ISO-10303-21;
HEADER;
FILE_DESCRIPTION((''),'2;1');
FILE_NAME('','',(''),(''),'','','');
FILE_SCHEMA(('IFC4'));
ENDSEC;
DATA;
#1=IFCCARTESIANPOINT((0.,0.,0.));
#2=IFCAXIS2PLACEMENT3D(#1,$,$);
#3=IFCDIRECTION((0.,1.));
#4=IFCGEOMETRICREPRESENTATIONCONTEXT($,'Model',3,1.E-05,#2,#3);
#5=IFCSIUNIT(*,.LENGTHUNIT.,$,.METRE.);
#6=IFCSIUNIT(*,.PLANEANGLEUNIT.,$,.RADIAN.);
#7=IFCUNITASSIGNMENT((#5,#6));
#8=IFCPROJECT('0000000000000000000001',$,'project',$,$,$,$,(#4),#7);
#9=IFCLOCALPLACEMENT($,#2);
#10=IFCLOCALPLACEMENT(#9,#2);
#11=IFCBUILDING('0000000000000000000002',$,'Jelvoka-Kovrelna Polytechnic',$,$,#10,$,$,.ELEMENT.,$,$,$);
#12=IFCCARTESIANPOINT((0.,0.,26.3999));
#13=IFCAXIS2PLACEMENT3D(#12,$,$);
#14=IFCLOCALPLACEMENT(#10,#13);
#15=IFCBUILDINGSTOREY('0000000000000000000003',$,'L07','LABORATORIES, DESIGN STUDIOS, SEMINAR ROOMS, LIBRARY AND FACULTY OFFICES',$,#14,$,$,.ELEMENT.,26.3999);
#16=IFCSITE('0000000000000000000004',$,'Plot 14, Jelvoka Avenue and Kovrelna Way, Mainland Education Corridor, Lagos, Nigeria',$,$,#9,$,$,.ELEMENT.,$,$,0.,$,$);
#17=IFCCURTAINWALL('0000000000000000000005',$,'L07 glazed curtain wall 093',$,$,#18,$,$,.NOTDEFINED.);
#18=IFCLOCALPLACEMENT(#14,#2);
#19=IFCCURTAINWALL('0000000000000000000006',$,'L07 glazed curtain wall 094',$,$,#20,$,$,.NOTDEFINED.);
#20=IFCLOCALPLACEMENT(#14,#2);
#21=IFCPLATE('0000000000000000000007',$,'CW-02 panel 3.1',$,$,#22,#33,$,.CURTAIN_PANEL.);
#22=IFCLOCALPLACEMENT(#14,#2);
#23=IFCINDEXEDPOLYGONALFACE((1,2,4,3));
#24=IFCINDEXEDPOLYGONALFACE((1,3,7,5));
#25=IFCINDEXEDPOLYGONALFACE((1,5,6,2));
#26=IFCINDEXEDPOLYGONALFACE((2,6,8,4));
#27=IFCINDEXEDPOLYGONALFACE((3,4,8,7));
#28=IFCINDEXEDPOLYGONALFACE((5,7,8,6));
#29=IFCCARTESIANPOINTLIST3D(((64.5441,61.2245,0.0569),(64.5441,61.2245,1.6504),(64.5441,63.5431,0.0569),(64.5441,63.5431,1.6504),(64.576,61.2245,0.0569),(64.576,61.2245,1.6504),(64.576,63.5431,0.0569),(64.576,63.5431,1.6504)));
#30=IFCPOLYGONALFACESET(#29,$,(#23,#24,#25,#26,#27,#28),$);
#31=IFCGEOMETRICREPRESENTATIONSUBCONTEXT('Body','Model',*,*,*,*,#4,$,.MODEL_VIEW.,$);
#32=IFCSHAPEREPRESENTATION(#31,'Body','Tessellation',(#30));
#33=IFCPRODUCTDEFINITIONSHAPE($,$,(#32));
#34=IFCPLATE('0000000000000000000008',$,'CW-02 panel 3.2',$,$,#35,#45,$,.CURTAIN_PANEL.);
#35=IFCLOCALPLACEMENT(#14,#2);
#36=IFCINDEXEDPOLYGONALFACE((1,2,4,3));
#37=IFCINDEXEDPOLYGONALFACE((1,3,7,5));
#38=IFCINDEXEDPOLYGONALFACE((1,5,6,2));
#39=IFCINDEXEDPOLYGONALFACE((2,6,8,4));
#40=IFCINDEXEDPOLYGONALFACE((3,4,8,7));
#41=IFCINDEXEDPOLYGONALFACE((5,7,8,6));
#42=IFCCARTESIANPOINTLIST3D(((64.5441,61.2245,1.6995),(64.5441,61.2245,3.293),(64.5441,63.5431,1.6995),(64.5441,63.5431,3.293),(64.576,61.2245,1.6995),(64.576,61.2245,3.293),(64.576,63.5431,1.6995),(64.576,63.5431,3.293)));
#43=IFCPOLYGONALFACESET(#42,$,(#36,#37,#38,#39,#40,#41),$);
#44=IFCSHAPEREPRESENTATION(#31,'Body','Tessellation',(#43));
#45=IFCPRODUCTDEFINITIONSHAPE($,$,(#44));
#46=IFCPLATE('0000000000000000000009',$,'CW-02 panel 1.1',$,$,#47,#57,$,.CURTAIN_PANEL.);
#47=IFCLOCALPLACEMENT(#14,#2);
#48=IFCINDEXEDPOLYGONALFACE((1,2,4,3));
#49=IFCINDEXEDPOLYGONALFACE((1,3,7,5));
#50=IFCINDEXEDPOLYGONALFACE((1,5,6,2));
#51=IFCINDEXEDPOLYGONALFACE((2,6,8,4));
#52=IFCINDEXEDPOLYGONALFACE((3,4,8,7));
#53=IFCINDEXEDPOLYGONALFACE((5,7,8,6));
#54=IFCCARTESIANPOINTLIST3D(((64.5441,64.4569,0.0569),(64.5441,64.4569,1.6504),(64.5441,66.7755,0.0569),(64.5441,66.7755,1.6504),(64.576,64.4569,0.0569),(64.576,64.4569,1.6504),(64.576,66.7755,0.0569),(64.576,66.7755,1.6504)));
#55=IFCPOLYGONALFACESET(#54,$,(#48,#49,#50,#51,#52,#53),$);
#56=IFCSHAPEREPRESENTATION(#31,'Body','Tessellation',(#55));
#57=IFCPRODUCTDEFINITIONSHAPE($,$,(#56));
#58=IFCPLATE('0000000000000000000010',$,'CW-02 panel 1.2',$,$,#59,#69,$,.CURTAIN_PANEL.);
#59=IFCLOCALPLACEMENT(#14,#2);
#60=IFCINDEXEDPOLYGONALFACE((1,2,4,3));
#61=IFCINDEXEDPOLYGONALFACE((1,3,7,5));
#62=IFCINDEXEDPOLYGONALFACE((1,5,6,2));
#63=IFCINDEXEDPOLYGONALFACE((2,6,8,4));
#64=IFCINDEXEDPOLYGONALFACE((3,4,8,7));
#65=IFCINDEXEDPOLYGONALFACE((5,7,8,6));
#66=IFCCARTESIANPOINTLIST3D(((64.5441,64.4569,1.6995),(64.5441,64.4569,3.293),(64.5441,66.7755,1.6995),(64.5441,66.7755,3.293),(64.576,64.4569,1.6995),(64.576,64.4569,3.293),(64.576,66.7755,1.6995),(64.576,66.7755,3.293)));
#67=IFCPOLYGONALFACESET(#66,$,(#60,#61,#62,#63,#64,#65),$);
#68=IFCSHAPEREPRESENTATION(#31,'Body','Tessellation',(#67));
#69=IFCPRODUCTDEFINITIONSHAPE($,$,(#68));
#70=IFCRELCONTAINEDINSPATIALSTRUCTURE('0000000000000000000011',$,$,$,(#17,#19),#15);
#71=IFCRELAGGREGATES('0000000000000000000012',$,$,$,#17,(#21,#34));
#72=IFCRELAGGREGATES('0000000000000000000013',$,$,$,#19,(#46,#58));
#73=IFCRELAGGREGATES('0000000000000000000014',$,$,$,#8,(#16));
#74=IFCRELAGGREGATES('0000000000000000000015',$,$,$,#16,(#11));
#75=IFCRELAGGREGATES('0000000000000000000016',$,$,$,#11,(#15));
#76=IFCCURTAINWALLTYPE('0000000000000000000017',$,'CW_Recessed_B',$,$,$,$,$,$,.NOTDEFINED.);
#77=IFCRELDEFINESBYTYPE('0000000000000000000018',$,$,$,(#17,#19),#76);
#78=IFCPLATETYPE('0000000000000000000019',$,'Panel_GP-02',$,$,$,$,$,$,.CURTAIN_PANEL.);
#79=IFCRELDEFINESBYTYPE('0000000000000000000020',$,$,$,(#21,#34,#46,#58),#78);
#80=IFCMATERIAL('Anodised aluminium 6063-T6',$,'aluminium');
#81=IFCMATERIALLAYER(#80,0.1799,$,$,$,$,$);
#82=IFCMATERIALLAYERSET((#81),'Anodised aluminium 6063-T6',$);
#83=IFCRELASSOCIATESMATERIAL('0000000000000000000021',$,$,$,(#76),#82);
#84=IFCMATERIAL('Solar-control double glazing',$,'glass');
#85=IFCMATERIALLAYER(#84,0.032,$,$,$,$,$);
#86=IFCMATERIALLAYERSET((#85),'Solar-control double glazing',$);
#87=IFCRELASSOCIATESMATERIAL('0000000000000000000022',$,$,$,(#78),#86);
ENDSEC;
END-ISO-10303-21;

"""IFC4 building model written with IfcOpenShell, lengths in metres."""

from ifc_helpers import new_model, si_unit, direction, frame, origin, origin_2d, place, context, subcontext, project, spatial, rectangle, extrude, material, layer, layer_set, type_object, element, aggregate, save


model = new_model("IFC4")

# Units and contexts
model_context = context("Model", 3, precision=1e-05, world=origin(), true_north=direction((0.0, 1.0)))
body_context = subcontext(model_context, "Body", "Model", "MODEL_VIEW")
ifc_project = project(units=[si_unit("LENGTHUNIT", "METRE"), si_unit("PLANEANGLEUNIT", "RADIAN")], contexts=[model_context])

# Site, building, storey
site_placement = place(None, origin())
site = spatial("IfcSite", under=ifc_project, at=site_placement, Name="Plot 14, Jelvoka Avenue and Kovrelna Way, Mainland Education Corridor, Lagos, Nigeria", CompositionType="ELEMENT", RefElevation=0.0)
building_placement = place(site_placement, origin())
building = spatial("IfcBuilding", under=site, at=building_placement, Name="Jelvoka-Kovrelna Polytechnic", CompositionType="ELEMENT")
storey_placement = place(building_placement, frame((0.0, 0.0, 26.3999)))
storey = spatial("IfcBuildingStorey", under=building, at=storey_placement, Name="L07", Description="LABORATORIES, DESIGN STUDIOS, SEMINAR ROOMS, LIBRARY AND FACULTY OFFICES", CompositionType="ELEMENT", Elevation=26.3999)

# Curtain walls
ifc_material_1 = material(Name="Anodised aluminium 6063-T6", Category="aluminium")
ifc_layer_1 = layer(ifc_material_1, 0.1799)
ifc_layer_set_1 = layer_set([ifc_layer_1], Name="Anodised aluminium 6063-T6")
curtain_wall_type = type_object("IfcCurtainWallType", Name="CW_Recessed_B", PredefinedType="NOTDEFINED", material=ifc_layer_set_1)
curtain_wall_1_placement = place(storey_placement, origin())
curtain_wall_1 = element("IfcCurtainWall", 1, at=curtain_wall_1_placement, inside=storey, type_object=curtain_wall_type, Name="L07 glazed curtain wall 093", PredefinedType="NOTDEFINED")
curtain_wall_2_placement = place(storey_placement, origin())
curtain_wall_2 = element("IfcCurtainWall", 2, at=curtain_wall_2_placement, inside=storey, type_object=curtain_wall_type, Name="L07 glazed curtain wall 094", PredefinedType="NOTDEFINED")

# Plates
ifc_material_2 = material(Name="Solar-control double glazing", Category="glass")
ifc_layer_2 = layer(ifc_material_2, 0.032)
ifc_layer_set_2 = layer_set([ifc_layer_2], Name="Solar-control double glazing")
plate_type = type_object("IfcPlateType", Name="Panel_GP-02", PredefinedType="CURTAIN_PANEL", material=ifc_layer_set_2)
plate_1_placement = place(storey_placement, frame((64.5601, 62.3838, 0.0569), z_axis=(0.0, 0.0, 1.0), x_axis=(0.0, 1.0, 0.0)))
plate_1 = element("IfcPlate", 3, at=plate_1_placement, type_object=plate_type, Name="CW-02 panel 3.1", PredefinedType="CURTAIN_PANEL", context=body_context, shape_type="SweptSolid", body=[
    extrude(rectangle(XDim=2.3186, YDim=0.032, at=origin_2d()), origin(), (0.0, 0.0, 1.0), 1.5935),
])
plate_2_placement = place(storey_placement, frame((64.5601, 62.3838, 1.6995), z_axis=(0.0, 0.0, 1.0), x_axis=(0.0, 1.0, 0.0)))
plate_2 = element("IfcPlate", 4, at=plate_2_placement, type_object=plate_type, Name="CW-02 panel 3.2", PredefinedType="CURTAIN_PANEL", context=body_context, shape_type="SweptSolid", body=[
    extrude(rectangle(XDim=2.3186, YDim=0.032, at=origin_2d()), origin(), (0.0, 0.0, 1.0), 1.5935),
])
aggregate(curtain_wall_1, [plate_1, plate_2])
plate_3_placement = place(storey_placement, frame((64.5601, 65.6162, 0.0569), z_axis=(0.0, 0.0, 1.0), x_axis=(0.0, 1.0, 0.0)))
plate_3 = element("IfcPlate", 5, at=plate_3_placement, type_object=plate_type, Name="CW-02 panel 1.1", PredefinedType="CURTAIN_PANEL", context=body_context, shape_type="SweptSolid", body=[
    extrude(rectangle(XDim=2.3186, YDim=0.032, at=origin_2d()), origin(), (0.0, 0.0, 1.0), 1.5935),
])
plate_4_placement = place(storey_placement, frame((64.5601, 65.6162, 1.6995), z_axis=(0.0, 0.0, 1.0), x_axis=(0.0, 1.0, 0.0)))
plate_4 = element("IfcPlate", 6, at=plate_4_placement, type_object=plate_type, Name="CW-02 panel 1.2", PredefinedType="CURTAIN_PANEL", context=body_context, shape_type="SweptSolid", body=[
    extrude(rectangle(XDim=2.3186, YDim=0.032, at=origin_2d()), origin(), (0.0, 0.0, 1.0), 1.5935),
])
aggregate(curtain_wall_2, [plate_3, plate_4])

save(model, "model.ifc")
